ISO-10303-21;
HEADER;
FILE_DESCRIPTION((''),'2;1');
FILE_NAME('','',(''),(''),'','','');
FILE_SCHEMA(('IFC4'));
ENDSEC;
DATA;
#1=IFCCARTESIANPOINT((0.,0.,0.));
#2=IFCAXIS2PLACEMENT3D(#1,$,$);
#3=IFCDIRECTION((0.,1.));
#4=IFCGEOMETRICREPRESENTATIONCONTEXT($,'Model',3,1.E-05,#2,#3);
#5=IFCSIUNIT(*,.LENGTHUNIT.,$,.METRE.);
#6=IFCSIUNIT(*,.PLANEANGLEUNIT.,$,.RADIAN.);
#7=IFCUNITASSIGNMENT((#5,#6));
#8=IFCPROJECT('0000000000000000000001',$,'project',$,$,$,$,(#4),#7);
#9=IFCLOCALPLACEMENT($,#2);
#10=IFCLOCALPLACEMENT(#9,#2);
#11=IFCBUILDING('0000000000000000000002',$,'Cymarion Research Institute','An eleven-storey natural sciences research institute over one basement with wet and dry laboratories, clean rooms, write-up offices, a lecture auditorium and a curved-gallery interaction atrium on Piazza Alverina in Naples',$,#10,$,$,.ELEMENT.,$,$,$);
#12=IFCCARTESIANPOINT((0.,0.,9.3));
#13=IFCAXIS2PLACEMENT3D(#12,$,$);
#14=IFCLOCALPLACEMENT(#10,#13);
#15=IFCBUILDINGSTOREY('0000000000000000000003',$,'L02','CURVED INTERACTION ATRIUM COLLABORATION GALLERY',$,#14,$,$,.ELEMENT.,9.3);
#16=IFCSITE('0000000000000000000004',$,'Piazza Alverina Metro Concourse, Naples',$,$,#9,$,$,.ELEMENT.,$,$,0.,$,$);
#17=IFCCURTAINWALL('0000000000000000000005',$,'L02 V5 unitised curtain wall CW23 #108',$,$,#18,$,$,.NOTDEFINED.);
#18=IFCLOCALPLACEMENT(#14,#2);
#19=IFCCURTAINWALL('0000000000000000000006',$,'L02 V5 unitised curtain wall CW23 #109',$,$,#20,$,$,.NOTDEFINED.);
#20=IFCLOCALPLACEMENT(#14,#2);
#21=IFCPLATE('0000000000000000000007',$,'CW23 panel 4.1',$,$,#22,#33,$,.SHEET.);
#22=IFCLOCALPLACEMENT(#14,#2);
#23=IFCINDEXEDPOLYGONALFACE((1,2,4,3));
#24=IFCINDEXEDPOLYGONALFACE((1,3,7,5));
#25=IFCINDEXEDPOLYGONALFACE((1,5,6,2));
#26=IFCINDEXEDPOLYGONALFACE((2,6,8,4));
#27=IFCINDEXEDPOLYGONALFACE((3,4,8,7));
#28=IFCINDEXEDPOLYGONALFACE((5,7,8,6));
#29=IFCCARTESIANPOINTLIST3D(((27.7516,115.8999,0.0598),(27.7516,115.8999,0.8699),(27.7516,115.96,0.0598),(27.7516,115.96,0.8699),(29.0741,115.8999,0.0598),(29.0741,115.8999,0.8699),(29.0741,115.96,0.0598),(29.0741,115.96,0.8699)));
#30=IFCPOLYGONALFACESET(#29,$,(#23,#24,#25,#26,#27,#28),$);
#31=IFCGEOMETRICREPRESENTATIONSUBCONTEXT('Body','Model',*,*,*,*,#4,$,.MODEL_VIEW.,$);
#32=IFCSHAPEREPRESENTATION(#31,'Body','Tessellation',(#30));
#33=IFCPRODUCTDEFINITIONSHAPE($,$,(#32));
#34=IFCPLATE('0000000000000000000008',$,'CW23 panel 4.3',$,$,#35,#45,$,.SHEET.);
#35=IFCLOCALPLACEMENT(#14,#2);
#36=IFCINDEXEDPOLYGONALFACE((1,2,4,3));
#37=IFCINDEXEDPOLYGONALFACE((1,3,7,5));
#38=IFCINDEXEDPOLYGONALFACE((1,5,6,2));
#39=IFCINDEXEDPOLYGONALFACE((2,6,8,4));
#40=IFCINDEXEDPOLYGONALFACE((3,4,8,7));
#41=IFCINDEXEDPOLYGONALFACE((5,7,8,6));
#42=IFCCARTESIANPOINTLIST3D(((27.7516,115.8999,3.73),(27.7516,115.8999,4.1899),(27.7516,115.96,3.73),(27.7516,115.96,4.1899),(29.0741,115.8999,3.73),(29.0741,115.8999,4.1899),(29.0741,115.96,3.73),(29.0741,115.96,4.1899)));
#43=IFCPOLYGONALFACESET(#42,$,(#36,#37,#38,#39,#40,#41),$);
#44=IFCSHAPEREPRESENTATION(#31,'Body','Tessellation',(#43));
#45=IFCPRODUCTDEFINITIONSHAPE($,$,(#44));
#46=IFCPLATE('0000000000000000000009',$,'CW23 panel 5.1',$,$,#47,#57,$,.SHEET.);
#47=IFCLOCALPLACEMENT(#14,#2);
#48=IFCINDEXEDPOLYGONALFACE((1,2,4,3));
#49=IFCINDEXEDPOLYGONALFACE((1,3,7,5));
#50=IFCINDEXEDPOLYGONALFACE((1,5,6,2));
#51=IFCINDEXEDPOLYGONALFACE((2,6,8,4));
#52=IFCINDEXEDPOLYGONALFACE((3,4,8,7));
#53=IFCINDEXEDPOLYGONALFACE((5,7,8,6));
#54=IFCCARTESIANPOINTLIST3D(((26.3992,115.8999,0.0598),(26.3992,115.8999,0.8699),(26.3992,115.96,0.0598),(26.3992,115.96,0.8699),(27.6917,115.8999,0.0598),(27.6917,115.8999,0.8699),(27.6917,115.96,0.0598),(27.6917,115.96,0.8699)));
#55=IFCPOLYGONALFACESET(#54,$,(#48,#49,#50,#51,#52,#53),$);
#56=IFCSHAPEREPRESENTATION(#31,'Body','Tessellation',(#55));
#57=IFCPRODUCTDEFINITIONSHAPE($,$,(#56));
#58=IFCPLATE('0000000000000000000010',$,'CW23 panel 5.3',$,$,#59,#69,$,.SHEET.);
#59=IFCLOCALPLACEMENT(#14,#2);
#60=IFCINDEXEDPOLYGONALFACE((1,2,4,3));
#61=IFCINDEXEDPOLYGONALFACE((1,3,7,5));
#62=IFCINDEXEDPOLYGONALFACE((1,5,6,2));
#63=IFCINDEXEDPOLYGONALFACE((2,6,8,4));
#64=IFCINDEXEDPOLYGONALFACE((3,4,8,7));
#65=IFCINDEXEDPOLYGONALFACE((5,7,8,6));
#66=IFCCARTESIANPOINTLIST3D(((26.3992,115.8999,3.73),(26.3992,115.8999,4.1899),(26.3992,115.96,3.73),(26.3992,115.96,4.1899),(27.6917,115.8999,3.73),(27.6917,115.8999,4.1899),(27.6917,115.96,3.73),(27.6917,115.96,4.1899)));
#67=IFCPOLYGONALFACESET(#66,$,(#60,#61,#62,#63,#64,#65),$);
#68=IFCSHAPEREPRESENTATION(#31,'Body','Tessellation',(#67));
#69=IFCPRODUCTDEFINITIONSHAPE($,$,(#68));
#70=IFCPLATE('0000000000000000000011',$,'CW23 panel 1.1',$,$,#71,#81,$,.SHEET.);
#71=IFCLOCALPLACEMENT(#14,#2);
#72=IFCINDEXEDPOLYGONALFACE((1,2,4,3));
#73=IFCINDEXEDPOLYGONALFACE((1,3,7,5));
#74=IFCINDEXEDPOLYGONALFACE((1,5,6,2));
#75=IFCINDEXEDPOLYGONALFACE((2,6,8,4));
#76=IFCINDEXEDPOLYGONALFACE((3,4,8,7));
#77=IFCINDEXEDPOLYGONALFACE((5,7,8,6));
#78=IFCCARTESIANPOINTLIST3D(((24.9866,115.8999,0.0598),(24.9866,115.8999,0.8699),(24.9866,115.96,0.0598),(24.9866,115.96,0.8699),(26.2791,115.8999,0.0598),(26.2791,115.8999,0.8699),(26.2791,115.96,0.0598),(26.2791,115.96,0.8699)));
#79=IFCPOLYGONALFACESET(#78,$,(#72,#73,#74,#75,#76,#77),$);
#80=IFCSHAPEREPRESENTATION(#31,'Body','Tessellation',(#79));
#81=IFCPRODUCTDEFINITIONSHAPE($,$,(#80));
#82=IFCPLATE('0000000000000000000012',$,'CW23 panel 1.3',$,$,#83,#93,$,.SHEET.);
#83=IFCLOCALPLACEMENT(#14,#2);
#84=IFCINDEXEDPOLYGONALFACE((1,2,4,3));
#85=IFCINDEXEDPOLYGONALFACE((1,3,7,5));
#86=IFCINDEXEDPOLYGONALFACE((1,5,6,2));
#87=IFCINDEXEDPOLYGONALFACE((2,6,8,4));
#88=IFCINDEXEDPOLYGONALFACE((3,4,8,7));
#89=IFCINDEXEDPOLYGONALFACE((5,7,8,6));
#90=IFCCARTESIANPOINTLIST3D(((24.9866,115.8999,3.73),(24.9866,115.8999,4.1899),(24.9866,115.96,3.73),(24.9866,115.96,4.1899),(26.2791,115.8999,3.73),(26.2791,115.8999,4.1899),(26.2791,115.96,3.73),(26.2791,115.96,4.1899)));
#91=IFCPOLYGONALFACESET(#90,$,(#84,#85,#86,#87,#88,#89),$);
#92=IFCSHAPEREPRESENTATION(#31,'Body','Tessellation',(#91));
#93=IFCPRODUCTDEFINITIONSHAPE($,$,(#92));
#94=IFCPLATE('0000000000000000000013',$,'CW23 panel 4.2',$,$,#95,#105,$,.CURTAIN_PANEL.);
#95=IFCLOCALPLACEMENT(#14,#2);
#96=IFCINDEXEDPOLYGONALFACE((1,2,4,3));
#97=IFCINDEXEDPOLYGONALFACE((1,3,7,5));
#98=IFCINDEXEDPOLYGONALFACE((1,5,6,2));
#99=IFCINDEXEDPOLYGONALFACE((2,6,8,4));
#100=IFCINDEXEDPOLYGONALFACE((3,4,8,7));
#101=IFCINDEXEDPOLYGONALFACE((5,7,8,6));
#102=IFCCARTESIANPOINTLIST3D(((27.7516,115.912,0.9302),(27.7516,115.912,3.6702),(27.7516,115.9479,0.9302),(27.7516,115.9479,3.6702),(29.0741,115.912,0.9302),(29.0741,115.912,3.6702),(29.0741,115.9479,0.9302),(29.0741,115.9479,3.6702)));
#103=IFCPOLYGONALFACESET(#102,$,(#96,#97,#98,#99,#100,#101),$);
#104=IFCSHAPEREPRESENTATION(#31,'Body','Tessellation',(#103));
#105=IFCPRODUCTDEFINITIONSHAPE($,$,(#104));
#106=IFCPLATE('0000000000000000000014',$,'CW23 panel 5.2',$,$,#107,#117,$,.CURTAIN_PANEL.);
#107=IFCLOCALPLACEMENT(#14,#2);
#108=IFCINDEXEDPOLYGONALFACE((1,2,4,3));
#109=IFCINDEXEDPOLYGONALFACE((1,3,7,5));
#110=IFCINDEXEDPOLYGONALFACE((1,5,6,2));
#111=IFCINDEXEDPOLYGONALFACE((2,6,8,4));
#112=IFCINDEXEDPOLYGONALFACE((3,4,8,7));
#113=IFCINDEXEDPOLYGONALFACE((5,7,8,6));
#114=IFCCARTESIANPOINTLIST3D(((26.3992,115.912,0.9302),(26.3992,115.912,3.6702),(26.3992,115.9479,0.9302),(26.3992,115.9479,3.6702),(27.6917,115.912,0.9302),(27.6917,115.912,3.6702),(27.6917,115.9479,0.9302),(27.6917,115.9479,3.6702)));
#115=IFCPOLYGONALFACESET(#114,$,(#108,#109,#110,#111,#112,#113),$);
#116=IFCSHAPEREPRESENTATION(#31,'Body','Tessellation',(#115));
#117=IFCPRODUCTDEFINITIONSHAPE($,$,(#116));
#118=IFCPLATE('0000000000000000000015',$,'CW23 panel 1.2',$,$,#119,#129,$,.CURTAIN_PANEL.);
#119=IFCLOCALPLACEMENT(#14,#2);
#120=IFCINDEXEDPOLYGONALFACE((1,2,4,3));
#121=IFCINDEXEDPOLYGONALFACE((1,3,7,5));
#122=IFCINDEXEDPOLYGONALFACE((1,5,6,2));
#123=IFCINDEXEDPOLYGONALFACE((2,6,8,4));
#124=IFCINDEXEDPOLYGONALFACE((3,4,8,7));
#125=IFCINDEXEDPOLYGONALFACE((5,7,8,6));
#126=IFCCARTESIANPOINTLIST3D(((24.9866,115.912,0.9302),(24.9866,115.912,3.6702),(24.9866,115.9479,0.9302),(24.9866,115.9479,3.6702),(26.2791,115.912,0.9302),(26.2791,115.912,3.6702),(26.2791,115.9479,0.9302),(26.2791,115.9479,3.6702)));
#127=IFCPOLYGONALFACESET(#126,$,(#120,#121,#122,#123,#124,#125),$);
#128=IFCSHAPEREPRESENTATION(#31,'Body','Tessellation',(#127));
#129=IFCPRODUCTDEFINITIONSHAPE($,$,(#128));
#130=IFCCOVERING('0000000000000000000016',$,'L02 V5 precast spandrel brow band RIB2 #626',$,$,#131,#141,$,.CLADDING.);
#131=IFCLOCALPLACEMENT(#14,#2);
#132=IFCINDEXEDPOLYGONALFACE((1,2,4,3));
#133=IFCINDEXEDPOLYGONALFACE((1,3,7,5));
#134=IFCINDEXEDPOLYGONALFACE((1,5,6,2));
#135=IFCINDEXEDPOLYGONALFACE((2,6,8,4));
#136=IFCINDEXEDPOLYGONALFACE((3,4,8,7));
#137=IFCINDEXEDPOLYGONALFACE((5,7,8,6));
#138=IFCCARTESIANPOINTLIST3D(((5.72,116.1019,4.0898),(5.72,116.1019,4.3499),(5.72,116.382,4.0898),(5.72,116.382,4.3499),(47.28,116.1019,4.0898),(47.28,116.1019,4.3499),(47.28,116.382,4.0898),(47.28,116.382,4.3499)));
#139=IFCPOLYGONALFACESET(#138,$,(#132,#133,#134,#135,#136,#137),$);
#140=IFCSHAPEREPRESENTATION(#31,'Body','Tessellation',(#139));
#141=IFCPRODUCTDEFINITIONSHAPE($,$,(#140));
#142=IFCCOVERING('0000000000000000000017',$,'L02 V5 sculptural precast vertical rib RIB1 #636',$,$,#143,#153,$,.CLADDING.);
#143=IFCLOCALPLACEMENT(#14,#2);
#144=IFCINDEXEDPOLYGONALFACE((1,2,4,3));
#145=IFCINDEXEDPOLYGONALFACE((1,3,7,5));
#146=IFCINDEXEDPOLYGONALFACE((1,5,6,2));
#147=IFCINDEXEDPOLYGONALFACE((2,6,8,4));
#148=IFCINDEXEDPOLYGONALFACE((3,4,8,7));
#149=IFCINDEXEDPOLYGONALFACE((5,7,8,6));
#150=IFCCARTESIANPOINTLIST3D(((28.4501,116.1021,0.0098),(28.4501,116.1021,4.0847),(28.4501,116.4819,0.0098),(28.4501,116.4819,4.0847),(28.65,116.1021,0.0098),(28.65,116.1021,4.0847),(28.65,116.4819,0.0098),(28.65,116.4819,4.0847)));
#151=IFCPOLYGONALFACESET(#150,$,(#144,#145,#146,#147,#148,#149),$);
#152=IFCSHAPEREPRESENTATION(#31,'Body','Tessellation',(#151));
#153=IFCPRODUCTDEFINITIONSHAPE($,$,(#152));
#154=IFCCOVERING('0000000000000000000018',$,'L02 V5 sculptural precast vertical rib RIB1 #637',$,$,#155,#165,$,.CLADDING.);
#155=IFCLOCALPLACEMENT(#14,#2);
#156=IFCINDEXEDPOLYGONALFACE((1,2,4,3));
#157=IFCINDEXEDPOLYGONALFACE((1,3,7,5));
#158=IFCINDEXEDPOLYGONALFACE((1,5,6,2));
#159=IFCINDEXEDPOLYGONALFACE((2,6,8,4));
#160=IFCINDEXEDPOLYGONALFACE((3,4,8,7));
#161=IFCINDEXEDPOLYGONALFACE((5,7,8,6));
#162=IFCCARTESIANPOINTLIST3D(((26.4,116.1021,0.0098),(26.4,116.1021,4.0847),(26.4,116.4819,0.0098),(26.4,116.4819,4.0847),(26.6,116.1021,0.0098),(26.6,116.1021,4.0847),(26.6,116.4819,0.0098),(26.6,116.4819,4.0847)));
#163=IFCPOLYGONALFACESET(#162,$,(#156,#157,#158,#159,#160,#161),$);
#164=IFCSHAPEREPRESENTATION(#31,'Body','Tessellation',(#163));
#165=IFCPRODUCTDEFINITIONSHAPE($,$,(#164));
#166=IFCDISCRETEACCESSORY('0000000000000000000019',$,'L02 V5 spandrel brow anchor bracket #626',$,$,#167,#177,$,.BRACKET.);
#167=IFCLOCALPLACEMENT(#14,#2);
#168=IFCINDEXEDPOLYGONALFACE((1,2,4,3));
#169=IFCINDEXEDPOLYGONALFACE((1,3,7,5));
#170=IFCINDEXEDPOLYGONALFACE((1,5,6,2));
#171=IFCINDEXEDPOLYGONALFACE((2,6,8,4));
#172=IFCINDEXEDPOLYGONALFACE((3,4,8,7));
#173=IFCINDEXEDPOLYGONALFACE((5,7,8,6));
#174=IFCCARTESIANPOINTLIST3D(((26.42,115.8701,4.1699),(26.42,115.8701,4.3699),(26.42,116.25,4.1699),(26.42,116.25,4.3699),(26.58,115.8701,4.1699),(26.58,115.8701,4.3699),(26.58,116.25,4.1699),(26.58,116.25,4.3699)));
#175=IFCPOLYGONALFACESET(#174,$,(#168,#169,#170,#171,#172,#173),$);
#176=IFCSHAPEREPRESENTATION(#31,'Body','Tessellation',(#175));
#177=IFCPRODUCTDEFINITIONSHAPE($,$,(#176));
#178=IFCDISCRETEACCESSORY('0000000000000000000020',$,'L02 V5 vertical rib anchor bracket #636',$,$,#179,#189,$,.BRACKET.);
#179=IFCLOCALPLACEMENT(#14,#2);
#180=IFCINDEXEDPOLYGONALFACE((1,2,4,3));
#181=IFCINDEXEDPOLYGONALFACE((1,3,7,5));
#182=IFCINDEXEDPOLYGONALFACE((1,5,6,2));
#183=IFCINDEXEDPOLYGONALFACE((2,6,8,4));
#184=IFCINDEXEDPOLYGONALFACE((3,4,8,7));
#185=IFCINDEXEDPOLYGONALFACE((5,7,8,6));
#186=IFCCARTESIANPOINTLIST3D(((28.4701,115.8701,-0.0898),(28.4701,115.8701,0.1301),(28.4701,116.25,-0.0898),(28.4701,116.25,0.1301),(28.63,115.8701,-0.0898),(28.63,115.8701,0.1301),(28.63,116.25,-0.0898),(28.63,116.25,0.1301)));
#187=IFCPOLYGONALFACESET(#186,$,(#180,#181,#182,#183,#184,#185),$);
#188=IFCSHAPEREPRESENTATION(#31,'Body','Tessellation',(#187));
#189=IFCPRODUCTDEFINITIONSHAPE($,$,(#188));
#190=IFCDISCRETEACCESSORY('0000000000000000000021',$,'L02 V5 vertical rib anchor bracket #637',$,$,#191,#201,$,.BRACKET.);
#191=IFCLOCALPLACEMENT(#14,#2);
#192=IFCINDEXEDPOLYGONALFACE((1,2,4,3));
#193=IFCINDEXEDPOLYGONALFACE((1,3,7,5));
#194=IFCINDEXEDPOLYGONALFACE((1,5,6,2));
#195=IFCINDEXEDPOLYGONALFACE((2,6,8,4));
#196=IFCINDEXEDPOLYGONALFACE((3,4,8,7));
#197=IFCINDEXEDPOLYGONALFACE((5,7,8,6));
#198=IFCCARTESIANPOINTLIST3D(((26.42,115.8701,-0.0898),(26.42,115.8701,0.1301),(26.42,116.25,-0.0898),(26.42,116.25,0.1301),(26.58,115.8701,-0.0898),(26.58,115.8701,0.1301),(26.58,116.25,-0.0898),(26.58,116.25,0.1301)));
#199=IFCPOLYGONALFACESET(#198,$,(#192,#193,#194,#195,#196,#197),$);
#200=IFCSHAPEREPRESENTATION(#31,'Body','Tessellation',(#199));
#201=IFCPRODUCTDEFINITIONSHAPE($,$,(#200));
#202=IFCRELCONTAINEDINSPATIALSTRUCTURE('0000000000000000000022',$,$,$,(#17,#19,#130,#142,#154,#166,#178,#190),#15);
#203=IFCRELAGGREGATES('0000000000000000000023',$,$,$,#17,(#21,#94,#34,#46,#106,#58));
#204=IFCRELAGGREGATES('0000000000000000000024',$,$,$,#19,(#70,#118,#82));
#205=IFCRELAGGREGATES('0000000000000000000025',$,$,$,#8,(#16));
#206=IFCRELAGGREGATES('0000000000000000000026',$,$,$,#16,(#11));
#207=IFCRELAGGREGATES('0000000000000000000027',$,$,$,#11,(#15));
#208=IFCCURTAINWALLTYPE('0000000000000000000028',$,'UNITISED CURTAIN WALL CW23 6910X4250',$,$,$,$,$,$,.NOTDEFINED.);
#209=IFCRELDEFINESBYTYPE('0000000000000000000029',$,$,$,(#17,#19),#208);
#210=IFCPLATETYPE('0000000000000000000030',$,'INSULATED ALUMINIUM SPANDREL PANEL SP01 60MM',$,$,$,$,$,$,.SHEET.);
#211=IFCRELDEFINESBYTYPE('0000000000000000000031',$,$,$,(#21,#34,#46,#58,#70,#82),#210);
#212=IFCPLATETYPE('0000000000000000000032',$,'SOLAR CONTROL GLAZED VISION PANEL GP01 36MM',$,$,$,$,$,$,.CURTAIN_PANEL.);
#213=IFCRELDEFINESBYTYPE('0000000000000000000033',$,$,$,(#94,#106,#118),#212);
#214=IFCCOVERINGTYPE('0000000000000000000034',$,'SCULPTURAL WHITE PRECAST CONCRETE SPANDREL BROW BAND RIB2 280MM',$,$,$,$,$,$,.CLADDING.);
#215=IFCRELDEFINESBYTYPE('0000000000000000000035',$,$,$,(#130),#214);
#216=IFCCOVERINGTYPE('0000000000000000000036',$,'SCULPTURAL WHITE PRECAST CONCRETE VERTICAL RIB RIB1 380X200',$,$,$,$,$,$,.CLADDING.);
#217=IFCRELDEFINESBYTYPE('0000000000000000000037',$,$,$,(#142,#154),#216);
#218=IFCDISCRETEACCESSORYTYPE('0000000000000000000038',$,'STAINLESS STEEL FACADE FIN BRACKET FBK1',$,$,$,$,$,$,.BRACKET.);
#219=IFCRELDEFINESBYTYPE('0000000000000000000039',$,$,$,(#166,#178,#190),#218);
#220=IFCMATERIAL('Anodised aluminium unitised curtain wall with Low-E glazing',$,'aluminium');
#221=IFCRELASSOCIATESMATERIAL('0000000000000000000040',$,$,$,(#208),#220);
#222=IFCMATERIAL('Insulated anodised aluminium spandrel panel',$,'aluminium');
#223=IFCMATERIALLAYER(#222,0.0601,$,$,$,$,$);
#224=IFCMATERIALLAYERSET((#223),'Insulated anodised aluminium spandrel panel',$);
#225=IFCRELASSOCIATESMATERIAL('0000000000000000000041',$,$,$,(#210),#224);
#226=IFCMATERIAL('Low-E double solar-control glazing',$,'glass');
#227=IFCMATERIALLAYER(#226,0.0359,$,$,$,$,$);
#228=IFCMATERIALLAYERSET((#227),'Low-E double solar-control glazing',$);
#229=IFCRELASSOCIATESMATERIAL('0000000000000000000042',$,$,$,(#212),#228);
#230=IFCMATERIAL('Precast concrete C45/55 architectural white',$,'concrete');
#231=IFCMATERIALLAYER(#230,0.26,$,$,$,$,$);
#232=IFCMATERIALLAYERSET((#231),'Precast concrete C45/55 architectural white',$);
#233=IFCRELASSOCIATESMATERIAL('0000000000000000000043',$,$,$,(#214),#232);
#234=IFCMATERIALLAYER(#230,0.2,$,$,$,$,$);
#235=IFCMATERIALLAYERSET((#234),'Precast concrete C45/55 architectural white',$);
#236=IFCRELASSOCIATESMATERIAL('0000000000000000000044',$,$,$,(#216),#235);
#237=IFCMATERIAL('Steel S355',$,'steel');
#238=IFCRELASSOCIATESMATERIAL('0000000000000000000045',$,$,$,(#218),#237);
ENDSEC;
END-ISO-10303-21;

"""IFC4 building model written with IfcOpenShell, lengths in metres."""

from ifc_helpers import new_model, si_unit, direction, frame, origin, origin_2d, place, context, subcontext, project, spatial, rectangle, extrude, material, layer, layer_set, type_object, element, aggregate, save


model = new_model("IFC4")

# Units and contexts
model_context = context("Model", 3, precision=1e-05, world=origin(), true_north=direction((0.0, 1.0)))
body_context = subcontext(model_context, "Body", "Model", "MODEL_VIEW")
ifc_project = project(units=[si_unit("LENGTHUNIT", "METRE"), si_unit("PLANEANGLEUNIT", "RADIAN")], contexts=[model_context])

# Site, building, storey
site_placement = place(None, origin())
site = spatial("IfcSite", under=ifc_project, at=site_placement, Name="Piazza Alverina Metro Concourse, Naples", CompositionType="ELEMENT", RefElevation=0.0)
building_placement = place(site_placement, origin())
building = spatial("IfcBuilding", under=site, at=building_placement, Name="Cymarion Research Institute", Description="An eleven-storey natural sciences research institute over one basement with wet and dry laboratories, clean rooms, write-up offices, a lecture auditorium and a curved-gallery interaction atrium on Piazza Alverina in Naples", CompositionType="ELEMENT")
storey_placement = place(building_placement, frame((0.0, 0.0, 9.3)))
storey = spatial("IfcBuildingStorey", under=building, at=storey_placement, Name="L02", Description="CURVED INTERACTION ATRIUM COLLABORATION GALLERY", CompositionType="ELEMENT", Elevation=9.3)

# Curtain walls
ifc_material_1 = material(Name="Anodised aluminium unitised curtain wall with Low-E glazing", Category="aluminium")
curtain_wall_type = type_object("IfcCurtainWallType", Name="UNITISED CURTAIN WALL CW23 6910X4250", PredefinedType="NOTDEFINED", material=ifc_material_1)
curtain_wall_1_placement = place(storey_placement, origin())
curtain_wall_1 = element("IfcCurtainWall", 1, at=curtain_wall_1_placement, inside=storey, type_object=curtain_wall_type, Name="L02 V5 unitised curtain wall CW23 #108", PredefinedType="NOTDEFINED")
curtain_wall_2_placement = place(storey_placement, origin())
curtain_wall_2 = element("IfcCurtainWall", 2, at=curtain_wall_2_placement, inside=storey, type_object=curtain_wall_type, Name="L02 V5 unitised curtain wall CW23 #109", PredefinedType="NOTDEFINED")

# Plates
ifc_material_2 = material(Name="Insulated anodised aluminium spandrel panel", Category="aluminium")
ifc_layer_1 = layer(ifc_material_2, 0.0601)
ifc_layer_set_1 = layer_set([ifc_layer_1], Name="Insulated anodised aluminium spandrel panel")
plate_type_1 = type_object("IfcPlateType", Name="INSULATED ALUMINIUM SPANDREL PANEL SP01 60MM", PredefinedType="SHEET", material=ifc_layer_set_1)
plate_1_placement = place(storey_placement, frame((28.4128, 115.9299, 0.0598), z_axis=(0.0, 0.0, 1.0), x_axis=(-1.0, 0.0, 0.0)))
plate_1 = element("IfcPlate", 3, at=plate_1_placement, type_object=plate_type_1, Name="CW23 panel 4.1", PredefinedType="SHEET", context=body_context, shape_type="SweptSolid", body=[
    extrude(rectangle(XDim=1.3225, YDim=0.0601, at=origin_2d()), origin(), (0.0, 0.0, 1.0), 0.8101),
])
plate_2_placement = place(storey_placement, frame((28.4128, 115.9299, 3.73), z_axis=(0.0, 0.0, 1.0), x_axis=(-1.0, 0.0, 0.0)))
plate_2 = element("IfcPlate", 4, at=plate_2_placement, type_object=plate_type_1, Name="CW23 panel 4.3", PredefinedType="SHEET", context=body_context, shape_type="SweptSolid", body=[
    extrude(rectangle(XDim=1.3225, YDim=0.0601, at=origin_2d()), origin(), (0.0, 0.0, 1.0), 0.46),
])
plate_3_placement = place(storey_placement, frame((27.0454, 115.9299, 0.0598), z_axis=(0.0, 0.0, 1.0), x_axis=(-1.0, 0.0, 0.0)))
plate_3 = element("IfcPlate", 5, at=plate_3_placement, type_object=plate_type_1, Name="CW23 panel 5.1", PredefinedType="SHEET", context=body_context, shape_type="SweptSolid", body=[
    extrude(rectangle(XDim=1.2925, YDim=0.0601, at=origin_2d()), origin(), (0.0, 0.0, 1.0), 0.8101),
])
plate_4_placement = place(storey_placement, frame((27.0454, 115.9299, 3.73), z_axis=(0.0, 0.0, 1.0), x_axis=(-1.0, 0.0, 0.0)))
plate_4 = element("IfcPlate", 6, at=plate_4_placement, type_object=plate_type_1, Name="CW23 panel 5.3", PredefinedType="SHEET", context=body_context, shape_type="SweptSolid", body=[
    extrude(rectangle(XDim=1.2925, YDim=0.0601, at=origin_2d()), origin(), (0.0, 0.0, 1.0), 0.46),
])
plate_5_placement = place(storey_placement, frame((25.6328, 115.9299, 0.0598), z_axis=(0.0, 0.0, 1.0), x_axis=(-1.0, 0.0, 0.0)))
plate_5 = element("IfcPlate", 7, at=plate_5_placement, type_object=plate_type_1, Name="CW23 panel 1.1", PredefinedType="SHEET", context=body_context, shape_type="SweptSolid", body=[
    extrude(rectangle(XDim=1.2925, YDim=0.0601, at=origin_2d()), origin(), (0.0, 0.0, 1.0), 0.8101),
])
plate_6_placement = place(storey_placement, frame((25.6328, 115.9299, 3.73), z_axis=(0.0, 0.0, 1.0), x_axis=(-1.0, 0.0, 0.0)))
plate_6 = element("IfcPlate", 8, at=plate_6_placement, type_object=plate_type_1, Name="CW23 panel 1.3", PredefinedType="SHEET", context=body_context, shape_type="SweptSolid", body=[
    extrude(rectangle(XDim=1.2925, YDim=0.0601, at=origin_2d()), origin(), (0.0, 0.0, 1.0), 0.46),
])
ifc_material_3 = material(Name="Low-E double solar-control glazing", Category="glass")
ifc_layer_2 = layer(ifc_material_3, 0.0359)
ifc_layer_set_2 = layer_set([ifc_layer_2], Name="Low-E double solar-control glazing")
plate_type_2 = type_object("IfcPlateType", Name="SOLAR CONTROL GLAZED VISION PANEL GP01 36MM", PredefinedType="CURTAIN_PANEL", material=ifc_layer_set_2)
plate_7_placement = place(storey_placement, frame((28.4128, 115.9299, 0.9302), z_axis=(0.0, 0.0, 1.0), x_axis=(-1.0, 0.0, 0.0)))
plate_7 = element("IfcPlate", 9, at=plate_7_placement, type_object=plate_type_2, Name="CW23 panel 4.2", PredefinedType="CURTAIN_PANEL", context=body_context, shape_type="SweptSolid", body=[
    extrude(rectangle(XDim=1.3225, YDim=0.0359, at=origin_2d()), origin(), (0.0, 0.0, 1.0), 2.74),
])
plate_8_placement = place(storey_placement, frame((27.0454, 115.9299, 0.9302), z_axis=(0.0, 0.0, 1.0), x_axis=(-1.0, 0.0, 0.0)))
plate_8 = element("IfcPlate", 10, at=plate_8_placement, type_object=plate_type_2, Name="CW23 panel 5.2", PredefinedType="CURTAIN_PANEL", context=body_context, shape_type="SweptSolid", body=[
    extrude(rectangle(XDim=1.2925, YDim=0.0359, at=origin_2d()), origin(), (0.0, 0.0, 1.0), 2.74),
])
aggregate(curtain_wall_1, [plate_1, plate_7, plate_2, plate_3, plate_8, plate_4])
plate_9_placement = place(storey_placement, frame((25.6328, 115.9299, 0.9302), z_axis=(0.0, 0.0, 1.0), x_axis=(-1.0, 0.0, 0.0)))
plate_9 = element("IfcPlate", 11, at=plate_9_placement, type_object=plate_type_2, Name="CW23 panel 1.2", PredefinedType="CURTAIN_PANEL", context=body_context, shape_type="SweptSolid", body=[
    extrude(rectangle(XDim=1.2925, YDim=0.0359, at=origin_2d()), origin(), (0.0, 0.0, 1.0), 2.74),
])
aggregate(curtain_wall_2, [plate_5, plate_9, plate_6])

# Coverings
ifc_material_4 = material(Name="Precast concrete C45/55 architectural white", Category="concrete")
ifc_layer_3 = layer(ifc_material_4, 0.26)
ifc_layer_set_3 = layer_set([ifc_layer_3], Name="Precast concrete C45/55 architectural white")
covering_type_1 = type_object("IfcCoveringType", Name="SCULPTURAL WHITE PRECAST CONCRETE SPANDREL BROW BAND RIB2 280MM", PredefinedType="CLADDING", material=ifc_layer_set_3)
covering_placement = place(storey_placement, frame((26.5, 116.2419, 4.0898), z_axis=(0.0, 0.0, 1.0), x_axis=(0.0, 1.0, 0.0)))
element("IfcCovering", 12, at=covering_placement, inside=storey, type_object=covering_type_1, Name="L02 V5 precast spandrel brow band RIB2 #626", PredefinedType="CLADDING", context=body_context, shape_type="SweptSolid", body=[
    extrude(rectangle(XDim=0.28, YDim=41.5601, at=origin_2d()), origin(), (0.0, 0.0, 1.0), 0.26),
])
ifc_layer_4 = layer(ifc_material_4, 0.2)
ifc_layer_set_4 = layer_set([ifc_layer_4], Name="Precast concrete C45/55 architectural white")
covering_type_2 = type_object("IfcCoveringType", Name="SCULPTURAL WHITE PRECAST CONCRETE VERTICAL RIB RIB1 380X200", PredefinedType="CLADDING", material=ifc_layer_set_4)
for number, where, z_axis, x_axis, name in (
    (13, (28.55, 116.292, 0.0098), (0.0, 0.0, 1.0), (0.0, 1.0, 0.0), "L02 V5 sculptural precast vertical rib RIB1 #636"),
    (14, (26.5, 116.292, 0.0098), (0.0, 0.0, 1.0), (0.0, 1.0, 0.0), "L02 V5 sculptural precast vertical rib RIB1 #637"),
):
    element("IfcCovering", number, at=place(storey_placement, frame(where, z_axis=z_axis, x_axis=x_axis)), inside=storey, type_object=covering_type_2, Name=name, PredefinedType="CLADDING", context=body_context, shape_type="SweptSolid", body=[
        extrude(rectangle(XDim=0.3799, YDim=0.2, at=origin_2d()), origin(), (0.0, 0.0, 1.0), 4.075),
    ])

# Discrete accessories
ifc_material_5 = material(Name="Steel S355", Category="steel")
discrete_accessory_type = type_object("IfcDiscreteAccessoryType", Name="STAINLESS STEEL FACADE FIN BRACKET FBK1", PredefinedType="BRACKET", material=ifc_material_5)
discrete_accessory_placement = place(storey_placement, frame((26.5, 116.0601, 4.1699), z_axis=(0.0, 0.0, 1.0), x_axis=(0.0, 1.0, 0.0)))
element("IfcDiscreteAccessory", 15, at=discrete_accessory_placement, inside=storey, type_object=discrete_accessory_type, Name="L02 V5 spandrel brow anchor bracket #626", PredefinedType="BRACKET", context=body_context, shape_type="SweptSolid", body=[
    extrude(rectangle(XDim=0.3799, YDim=0.1599, at=origin_2d()), origin(), (0.0, 0.0, 1.0), 0.2),
])
for number, where, z_axis, x_axis, name in (
    (16, (28.55, 116.0601, -0.0898), (0.0, 0.0, 1.0), (0.0, 1.0, 0.0), "L02 V5 vertical rib anchor bracket #636"),
    (17, (26.5, 116.0601, -0.0898), (0.0, 0.0, 1.0), (0.0, 1.0, 0.0), "L02 V5 vertical rib anchor bracket #637"),
):
    element("IfcDiscreteAccessory", number, at=place(storey_placement, frame(where, z_axis=z_axis, x_axis=x_axis)), inside=storey, type_object=discrete_accessory_type, Name=name, PredefinedType="BRACKET", context=body_context, shape_type="SweptSolid", body=[
        extrude(rectangle(XDim=0.3799, YDim=0.1599, at=origin_2d()), origin(), (0.0, 0.0, 1.0), 0.22),
    ])

save(model, "model.ifc")
